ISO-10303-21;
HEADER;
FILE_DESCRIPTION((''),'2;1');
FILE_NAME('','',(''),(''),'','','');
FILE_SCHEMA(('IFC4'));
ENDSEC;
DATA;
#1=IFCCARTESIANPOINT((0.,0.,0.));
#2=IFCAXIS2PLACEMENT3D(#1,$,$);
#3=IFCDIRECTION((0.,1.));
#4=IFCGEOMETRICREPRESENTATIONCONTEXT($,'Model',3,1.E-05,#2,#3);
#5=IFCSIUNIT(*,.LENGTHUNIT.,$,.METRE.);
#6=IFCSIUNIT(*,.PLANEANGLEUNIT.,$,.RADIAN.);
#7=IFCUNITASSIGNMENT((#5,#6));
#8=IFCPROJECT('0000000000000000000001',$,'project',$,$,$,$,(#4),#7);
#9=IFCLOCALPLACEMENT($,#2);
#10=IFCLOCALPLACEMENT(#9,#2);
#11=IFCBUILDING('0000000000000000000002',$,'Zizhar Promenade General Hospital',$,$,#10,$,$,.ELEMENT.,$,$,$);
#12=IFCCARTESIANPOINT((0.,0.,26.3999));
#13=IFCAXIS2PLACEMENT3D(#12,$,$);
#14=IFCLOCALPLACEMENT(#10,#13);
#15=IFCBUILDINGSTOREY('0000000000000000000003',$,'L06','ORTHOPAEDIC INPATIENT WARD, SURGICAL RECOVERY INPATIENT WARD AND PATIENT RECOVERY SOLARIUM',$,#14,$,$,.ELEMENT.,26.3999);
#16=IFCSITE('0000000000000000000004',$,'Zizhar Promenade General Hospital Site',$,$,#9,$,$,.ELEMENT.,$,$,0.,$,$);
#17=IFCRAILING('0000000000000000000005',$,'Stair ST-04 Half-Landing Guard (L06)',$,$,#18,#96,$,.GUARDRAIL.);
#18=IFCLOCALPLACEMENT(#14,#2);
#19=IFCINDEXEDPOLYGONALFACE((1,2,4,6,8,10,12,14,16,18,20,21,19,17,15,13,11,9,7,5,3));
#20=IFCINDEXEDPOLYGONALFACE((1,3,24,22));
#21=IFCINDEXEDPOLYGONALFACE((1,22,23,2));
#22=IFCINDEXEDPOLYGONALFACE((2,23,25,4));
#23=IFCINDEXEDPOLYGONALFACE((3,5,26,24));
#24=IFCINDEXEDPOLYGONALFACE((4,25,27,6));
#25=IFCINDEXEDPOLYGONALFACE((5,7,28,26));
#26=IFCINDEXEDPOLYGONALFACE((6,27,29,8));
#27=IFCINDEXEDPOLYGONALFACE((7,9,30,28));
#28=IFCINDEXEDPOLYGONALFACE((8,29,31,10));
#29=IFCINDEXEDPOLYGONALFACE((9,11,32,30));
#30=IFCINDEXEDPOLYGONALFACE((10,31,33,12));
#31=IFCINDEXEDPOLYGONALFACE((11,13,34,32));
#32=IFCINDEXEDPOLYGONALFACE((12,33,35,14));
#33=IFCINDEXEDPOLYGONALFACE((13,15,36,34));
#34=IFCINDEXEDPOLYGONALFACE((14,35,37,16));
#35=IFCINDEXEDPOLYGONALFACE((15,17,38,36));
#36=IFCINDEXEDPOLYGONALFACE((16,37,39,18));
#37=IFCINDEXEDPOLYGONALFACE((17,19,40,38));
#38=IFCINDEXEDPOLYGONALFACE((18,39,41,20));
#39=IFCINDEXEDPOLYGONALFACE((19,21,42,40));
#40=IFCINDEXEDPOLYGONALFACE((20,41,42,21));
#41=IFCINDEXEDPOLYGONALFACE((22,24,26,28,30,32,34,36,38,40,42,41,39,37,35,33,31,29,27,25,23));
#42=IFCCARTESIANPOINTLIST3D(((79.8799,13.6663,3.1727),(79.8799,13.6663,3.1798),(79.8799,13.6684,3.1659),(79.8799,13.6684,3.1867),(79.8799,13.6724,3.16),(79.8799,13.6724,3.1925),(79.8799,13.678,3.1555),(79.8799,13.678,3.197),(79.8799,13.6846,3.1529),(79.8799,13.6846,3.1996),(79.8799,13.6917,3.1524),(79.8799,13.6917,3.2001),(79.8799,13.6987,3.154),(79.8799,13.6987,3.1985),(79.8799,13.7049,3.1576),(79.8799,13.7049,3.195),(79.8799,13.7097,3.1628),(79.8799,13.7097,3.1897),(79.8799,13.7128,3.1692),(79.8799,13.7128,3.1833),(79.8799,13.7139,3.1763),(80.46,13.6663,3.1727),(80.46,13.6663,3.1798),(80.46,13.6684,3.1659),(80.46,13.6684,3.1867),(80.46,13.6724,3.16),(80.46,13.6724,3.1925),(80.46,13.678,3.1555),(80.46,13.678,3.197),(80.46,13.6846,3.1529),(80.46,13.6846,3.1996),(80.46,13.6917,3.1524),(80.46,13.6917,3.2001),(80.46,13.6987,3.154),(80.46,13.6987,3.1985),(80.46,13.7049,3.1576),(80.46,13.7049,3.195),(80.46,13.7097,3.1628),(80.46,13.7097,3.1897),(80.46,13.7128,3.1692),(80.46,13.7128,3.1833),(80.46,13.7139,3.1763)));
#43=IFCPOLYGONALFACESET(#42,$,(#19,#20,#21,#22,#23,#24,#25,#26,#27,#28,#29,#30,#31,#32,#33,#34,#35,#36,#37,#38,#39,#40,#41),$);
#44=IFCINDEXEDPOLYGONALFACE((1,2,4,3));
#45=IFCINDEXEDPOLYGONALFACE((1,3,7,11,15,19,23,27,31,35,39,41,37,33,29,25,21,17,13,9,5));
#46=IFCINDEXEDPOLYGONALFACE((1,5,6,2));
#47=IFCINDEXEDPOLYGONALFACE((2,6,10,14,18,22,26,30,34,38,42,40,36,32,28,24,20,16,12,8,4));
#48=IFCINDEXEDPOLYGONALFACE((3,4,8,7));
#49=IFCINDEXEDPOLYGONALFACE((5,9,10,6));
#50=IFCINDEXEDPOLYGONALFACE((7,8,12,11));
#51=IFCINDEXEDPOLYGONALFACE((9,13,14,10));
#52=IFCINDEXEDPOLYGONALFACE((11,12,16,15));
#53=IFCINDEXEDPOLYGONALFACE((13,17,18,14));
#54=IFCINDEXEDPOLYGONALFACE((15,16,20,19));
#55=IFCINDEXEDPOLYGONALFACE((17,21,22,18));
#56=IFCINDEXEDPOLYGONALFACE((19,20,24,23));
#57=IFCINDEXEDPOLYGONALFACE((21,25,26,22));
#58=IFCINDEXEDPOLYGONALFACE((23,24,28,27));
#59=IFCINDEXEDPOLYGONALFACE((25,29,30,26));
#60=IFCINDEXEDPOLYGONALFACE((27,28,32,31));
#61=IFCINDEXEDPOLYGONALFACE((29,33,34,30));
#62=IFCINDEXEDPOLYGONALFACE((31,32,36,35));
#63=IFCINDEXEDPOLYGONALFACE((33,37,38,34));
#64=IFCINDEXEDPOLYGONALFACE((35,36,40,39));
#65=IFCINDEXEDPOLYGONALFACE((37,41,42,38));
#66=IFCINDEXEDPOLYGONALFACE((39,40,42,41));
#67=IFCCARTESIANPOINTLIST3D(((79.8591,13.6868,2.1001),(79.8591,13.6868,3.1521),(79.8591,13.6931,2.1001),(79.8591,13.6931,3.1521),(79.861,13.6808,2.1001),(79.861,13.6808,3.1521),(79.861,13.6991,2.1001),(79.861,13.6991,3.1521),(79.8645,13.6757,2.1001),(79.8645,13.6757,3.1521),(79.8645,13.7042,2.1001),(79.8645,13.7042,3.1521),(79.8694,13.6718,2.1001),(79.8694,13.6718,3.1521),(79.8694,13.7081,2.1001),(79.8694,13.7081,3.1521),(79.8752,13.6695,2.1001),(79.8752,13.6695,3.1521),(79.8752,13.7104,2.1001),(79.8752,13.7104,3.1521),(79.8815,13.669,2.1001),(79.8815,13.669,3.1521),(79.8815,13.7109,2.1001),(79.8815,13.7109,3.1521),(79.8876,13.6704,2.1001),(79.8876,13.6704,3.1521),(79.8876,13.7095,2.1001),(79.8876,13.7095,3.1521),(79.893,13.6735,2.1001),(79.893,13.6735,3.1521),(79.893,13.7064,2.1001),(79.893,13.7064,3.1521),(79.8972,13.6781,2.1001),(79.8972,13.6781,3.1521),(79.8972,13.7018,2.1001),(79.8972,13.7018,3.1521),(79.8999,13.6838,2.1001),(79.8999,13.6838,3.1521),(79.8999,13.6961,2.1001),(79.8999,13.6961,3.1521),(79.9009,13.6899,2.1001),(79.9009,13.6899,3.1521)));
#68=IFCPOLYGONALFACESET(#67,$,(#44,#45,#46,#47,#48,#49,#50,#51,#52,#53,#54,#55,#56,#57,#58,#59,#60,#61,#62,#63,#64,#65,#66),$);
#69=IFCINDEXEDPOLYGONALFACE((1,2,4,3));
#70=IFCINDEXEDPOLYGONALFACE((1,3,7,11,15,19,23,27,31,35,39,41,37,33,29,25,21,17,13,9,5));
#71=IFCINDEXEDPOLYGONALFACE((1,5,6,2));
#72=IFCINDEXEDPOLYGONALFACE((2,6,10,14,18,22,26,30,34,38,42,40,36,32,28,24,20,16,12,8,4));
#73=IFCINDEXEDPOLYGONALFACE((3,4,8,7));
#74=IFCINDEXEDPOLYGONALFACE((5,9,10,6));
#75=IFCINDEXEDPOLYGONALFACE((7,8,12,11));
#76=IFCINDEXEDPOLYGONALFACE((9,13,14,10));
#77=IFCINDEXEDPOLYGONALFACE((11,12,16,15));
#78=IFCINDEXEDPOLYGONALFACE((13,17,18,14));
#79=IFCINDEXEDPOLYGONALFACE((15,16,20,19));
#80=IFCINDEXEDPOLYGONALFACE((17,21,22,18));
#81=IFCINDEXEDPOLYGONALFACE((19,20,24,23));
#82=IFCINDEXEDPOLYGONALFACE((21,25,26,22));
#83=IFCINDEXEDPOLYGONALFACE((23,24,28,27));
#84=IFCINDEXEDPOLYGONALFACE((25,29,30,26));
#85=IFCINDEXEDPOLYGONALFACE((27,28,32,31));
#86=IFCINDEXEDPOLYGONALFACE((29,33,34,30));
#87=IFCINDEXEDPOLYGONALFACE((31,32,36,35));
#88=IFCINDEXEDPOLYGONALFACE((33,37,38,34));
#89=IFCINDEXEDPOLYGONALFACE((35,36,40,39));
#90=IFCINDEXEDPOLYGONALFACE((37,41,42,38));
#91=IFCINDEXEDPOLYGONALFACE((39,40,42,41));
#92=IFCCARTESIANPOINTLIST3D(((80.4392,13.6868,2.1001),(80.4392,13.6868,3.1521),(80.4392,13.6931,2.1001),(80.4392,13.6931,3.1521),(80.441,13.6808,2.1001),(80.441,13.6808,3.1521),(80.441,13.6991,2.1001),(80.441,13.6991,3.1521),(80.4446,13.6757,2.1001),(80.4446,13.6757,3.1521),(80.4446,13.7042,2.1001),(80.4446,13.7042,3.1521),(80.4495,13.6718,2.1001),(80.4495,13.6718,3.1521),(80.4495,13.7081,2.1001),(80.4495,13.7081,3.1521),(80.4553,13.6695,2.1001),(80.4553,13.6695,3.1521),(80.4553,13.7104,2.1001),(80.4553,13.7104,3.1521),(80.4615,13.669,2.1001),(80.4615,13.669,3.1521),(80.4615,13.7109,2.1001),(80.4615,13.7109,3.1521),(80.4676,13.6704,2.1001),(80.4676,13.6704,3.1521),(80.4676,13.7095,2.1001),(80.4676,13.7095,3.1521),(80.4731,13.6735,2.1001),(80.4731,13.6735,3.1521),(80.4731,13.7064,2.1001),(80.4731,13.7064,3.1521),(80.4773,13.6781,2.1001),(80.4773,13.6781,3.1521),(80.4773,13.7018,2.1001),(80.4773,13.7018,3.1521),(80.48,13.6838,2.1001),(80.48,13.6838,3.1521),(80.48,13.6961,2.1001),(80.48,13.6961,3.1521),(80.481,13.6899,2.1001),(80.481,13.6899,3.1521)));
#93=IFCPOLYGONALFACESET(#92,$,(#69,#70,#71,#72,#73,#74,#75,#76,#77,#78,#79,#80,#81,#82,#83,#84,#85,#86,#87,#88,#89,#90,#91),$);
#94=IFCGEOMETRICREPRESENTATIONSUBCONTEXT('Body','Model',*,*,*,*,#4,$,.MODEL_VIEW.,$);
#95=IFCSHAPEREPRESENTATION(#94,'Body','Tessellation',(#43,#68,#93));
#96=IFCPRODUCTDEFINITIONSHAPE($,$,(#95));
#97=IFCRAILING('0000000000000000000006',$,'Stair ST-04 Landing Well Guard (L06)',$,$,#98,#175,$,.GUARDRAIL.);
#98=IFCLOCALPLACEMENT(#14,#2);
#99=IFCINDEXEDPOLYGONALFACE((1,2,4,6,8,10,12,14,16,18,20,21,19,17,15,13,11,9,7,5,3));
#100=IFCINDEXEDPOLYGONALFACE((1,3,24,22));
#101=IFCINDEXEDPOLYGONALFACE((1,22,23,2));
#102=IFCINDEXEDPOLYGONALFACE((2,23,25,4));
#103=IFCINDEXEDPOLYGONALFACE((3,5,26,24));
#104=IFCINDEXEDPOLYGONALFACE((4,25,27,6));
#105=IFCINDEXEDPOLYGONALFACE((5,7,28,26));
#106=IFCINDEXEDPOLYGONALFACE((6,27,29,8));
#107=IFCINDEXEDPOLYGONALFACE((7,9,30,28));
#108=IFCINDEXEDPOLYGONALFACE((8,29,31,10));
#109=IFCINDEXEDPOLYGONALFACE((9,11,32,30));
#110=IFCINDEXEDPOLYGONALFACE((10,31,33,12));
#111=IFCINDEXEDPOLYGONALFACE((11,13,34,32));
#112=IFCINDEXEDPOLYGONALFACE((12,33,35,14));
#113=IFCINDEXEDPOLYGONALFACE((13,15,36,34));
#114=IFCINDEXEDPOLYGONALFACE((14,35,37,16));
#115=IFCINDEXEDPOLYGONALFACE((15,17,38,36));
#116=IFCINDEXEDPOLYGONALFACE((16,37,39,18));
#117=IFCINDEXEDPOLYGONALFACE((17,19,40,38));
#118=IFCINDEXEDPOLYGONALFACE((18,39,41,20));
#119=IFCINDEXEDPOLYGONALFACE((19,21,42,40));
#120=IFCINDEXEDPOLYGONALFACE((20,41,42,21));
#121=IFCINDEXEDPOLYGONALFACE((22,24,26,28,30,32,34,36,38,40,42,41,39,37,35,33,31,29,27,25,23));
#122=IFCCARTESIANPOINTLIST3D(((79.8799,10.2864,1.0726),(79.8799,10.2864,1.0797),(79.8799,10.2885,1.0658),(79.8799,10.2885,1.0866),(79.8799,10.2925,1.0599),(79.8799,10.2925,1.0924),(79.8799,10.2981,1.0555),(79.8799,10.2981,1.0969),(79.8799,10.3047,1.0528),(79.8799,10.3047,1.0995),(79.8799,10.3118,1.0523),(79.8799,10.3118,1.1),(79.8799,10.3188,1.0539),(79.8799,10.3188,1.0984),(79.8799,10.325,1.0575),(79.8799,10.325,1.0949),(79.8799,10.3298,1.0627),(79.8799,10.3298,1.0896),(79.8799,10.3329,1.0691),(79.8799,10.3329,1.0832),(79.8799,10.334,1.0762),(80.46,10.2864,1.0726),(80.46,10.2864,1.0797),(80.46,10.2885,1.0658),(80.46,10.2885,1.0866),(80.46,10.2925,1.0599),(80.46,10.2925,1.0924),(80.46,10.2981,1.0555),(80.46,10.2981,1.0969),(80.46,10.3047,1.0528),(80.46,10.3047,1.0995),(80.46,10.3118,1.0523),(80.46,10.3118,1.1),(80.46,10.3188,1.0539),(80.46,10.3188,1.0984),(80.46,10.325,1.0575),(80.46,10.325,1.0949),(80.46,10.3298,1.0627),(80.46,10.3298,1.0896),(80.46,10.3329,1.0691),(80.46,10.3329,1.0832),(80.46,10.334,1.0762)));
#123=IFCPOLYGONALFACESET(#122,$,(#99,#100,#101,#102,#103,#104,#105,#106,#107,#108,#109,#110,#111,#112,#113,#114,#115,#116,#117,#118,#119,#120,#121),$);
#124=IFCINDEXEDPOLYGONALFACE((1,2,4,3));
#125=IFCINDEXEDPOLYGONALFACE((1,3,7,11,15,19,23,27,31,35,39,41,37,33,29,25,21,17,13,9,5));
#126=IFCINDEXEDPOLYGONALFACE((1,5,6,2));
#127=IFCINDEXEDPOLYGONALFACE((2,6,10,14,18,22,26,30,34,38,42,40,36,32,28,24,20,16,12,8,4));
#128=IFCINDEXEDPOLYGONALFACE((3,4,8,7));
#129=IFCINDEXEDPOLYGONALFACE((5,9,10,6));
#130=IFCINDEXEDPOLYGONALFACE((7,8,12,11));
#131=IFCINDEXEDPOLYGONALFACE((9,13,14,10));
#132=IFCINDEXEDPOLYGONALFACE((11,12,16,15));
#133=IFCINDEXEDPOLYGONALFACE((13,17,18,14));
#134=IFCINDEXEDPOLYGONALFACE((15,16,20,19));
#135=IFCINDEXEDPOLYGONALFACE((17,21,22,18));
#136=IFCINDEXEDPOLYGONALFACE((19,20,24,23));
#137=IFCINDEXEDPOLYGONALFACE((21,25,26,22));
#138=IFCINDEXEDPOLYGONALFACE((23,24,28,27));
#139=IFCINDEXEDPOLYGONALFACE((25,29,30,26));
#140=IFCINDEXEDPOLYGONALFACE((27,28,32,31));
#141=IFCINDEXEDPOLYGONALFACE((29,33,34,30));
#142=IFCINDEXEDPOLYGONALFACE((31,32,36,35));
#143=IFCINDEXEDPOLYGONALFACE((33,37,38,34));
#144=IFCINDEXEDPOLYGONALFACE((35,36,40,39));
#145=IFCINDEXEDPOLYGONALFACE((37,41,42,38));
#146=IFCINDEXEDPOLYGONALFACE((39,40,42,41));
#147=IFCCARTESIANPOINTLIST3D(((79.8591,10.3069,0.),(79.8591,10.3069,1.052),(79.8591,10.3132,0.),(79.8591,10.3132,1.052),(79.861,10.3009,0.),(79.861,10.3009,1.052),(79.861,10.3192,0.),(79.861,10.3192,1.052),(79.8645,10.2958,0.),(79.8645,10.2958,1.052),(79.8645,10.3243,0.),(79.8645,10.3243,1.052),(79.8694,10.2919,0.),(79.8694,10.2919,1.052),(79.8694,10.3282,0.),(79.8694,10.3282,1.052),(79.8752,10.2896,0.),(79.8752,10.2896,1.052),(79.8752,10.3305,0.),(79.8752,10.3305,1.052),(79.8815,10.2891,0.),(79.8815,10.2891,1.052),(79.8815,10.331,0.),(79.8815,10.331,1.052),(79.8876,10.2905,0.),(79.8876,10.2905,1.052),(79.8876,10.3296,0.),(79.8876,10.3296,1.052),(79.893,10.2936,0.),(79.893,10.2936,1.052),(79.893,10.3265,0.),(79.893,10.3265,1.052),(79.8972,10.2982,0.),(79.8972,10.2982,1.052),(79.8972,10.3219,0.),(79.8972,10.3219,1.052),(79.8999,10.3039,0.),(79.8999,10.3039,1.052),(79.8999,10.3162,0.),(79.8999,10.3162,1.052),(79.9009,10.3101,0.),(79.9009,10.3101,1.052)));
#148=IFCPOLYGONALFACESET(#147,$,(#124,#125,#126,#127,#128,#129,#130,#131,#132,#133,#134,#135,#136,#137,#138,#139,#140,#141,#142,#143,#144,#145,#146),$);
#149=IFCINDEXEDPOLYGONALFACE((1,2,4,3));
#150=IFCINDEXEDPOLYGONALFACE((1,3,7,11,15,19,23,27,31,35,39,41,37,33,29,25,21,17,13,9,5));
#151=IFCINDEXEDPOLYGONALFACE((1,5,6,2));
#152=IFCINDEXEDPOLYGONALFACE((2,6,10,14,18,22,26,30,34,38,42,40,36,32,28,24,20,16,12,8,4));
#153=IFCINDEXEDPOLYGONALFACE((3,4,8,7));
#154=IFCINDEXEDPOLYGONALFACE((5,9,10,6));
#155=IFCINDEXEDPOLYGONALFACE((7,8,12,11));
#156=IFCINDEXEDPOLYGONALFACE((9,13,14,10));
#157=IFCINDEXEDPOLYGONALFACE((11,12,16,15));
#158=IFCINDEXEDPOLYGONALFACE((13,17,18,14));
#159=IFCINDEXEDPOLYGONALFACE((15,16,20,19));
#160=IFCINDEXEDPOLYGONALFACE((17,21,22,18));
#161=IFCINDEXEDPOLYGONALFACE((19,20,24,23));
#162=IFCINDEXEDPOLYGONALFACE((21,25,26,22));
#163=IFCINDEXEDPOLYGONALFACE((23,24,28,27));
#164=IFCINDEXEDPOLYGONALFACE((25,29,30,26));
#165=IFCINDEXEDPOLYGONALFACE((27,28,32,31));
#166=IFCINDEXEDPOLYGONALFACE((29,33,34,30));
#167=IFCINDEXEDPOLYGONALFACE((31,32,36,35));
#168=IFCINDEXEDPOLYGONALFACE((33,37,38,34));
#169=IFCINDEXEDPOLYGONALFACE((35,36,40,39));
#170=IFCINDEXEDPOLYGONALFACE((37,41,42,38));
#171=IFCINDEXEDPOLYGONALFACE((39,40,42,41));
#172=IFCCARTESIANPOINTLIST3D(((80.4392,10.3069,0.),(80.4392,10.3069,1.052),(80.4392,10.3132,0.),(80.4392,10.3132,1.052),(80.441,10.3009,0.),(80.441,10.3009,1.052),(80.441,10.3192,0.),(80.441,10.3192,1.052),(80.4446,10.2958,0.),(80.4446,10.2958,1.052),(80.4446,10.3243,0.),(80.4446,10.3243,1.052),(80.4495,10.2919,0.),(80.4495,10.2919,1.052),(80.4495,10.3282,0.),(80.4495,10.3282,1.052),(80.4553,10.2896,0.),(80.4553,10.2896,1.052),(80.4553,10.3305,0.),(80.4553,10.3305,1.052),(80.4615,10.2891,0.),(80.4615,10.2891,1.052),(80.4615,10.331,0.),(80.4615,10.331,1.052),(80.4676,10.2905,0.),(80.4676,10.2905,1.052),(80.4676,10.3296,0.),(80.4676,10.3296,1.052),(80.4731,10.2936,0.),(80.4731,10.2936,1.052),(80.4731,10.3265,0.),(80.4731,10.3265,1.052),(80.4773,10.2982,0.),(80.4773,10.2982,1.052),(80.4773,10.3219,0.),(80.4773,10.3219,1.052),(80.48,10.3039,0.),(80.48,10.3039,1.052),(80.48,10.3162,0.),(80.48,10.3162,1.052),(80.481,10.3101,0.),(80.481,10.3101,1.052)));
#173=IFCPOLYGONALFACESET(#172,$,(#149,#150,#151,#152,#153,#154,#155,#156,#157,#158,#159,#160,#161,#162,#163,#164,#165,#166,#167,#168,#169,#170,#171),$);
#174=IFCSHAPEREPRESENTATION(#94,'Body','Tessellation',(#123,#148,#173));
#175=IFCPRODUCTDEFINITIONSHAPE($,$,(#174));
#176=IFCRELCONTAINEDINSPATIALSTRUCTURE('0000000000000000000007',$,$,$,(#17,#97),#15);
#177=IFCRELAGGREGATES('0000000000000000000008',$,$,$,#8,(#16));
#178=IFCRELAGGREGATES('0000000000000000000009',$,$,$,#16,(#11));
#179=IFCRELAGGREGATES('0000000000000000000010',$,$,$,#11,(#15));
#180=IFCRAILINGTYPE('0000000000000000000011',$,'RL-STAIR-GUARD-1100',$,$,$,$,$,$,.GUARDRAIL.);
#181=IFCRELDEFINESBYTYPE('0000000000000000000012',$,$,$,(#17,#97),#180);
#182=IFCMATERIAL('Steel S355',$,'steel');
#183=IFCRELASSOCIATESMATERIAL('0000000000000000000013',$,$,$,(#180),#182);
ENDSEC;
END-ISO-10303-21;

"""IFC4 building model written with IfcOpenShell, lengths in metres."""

from ifc_helpers import new_model, si_unit, direction, frame, origin, origin_2d, place, context, subcontext, project, spatial, circle, hollow_circle, extrude, material, material_profile, profile_set, type_object, element, save


model = new_model("IFC4")

# Units and contexts
model_context = context("Model", 3, precision=1e-05, world=origin(), true_north=direction((0.0, 1.0)))
body_context = subcontext(model_context, "Body", "Model", "MODEL_VIEW")
ifc_project = project(units=[si_unit("LENGTHUNIT", "METRE"), si_unit("PLANEANGLEUNIT", "RADIAN")], contexts=[model_context])

# Site, building, storey
site_placement = place(None, origin())
site = spatial("IfcSite", under=ifc_project, at=site_placement, Name="Zizhar Promenade General Hospital Site", CompositionType="ELEMENT", RefElevation=0.0)
building_placement = place(site_placement, origin())
building = spatial("IfcBuilding", under=site, at=building_placement, Name="Zizhar Promenade General Hospital", CompositionType="ELEMENT")
storey_placement = place(building_placement, frame((0.0, 0.0, 26.3999)))
storey = spatial("IfcBuildingStorey", under=building, at=storey_placement, Name="L06", Description="ORTHOPAEDIC INPATIENT WARD, SURGICAL RECOVERY INPATIENT WARD AND PATIENT RECOVERY SOLARIUM", CompositionType="ELEMENT", Elevation=26.3999)

# Railings
ifc_material_1 = material(Name="Steel S355", Category="steel")
ifc_material_profile_1 = material_profile(ifc_material_1, hollow_circle(Radius=0.0698, WallThickness=0.0063, at=origin_2d()))
ifc_profile_set_1 = profile_set([ifc_material_profile_1], Name="Steel S355")
railing_type_1 = type_object("IfcRailingType", Name="RL-STAIR-GUARD-1100", PredefinedType="GUARDRAIL", material=ifc_profile_set_1)
for number, where, name in (
    (1, (79.8799, 13.6899, 2.1001), "Stair ST-04 Half-Landing Guard (L06)"),
    (2, (79.8799, 10.3101, 0.0), "Stair ST-04 Landing Well Guard (L06)"),
):
    element("IfcRailing", number, at=place(storey_placement, frame(where)), inside=storey, type_object=railing_type_1, Name=name, PredefinedType="GUARDRAIL", context=body_context, shape_type="SweptSolid", body=[
        extrude(circle(Radius=0.0239, at=origin_2d()), frame((0.0, 0.0, 1.0762), z_axis=(1.0, 0.0, 0.0), x_axis=(0.0, 1.0, 0.0)), (0.0, 0.0, 1.0), 0.5801),
        extrude(circle(Radius=0.021, at=origin_2d()), origin(), (0.0, 0.0, 1.0), 1.052),
        extrude(circle(Radius=0.021, at=origin_2d()), frame((0.5801, 0.0, 0.0)), (0.0, 0.0, 1.0), 1.052),
    ])

save(model, "model.ifc")
